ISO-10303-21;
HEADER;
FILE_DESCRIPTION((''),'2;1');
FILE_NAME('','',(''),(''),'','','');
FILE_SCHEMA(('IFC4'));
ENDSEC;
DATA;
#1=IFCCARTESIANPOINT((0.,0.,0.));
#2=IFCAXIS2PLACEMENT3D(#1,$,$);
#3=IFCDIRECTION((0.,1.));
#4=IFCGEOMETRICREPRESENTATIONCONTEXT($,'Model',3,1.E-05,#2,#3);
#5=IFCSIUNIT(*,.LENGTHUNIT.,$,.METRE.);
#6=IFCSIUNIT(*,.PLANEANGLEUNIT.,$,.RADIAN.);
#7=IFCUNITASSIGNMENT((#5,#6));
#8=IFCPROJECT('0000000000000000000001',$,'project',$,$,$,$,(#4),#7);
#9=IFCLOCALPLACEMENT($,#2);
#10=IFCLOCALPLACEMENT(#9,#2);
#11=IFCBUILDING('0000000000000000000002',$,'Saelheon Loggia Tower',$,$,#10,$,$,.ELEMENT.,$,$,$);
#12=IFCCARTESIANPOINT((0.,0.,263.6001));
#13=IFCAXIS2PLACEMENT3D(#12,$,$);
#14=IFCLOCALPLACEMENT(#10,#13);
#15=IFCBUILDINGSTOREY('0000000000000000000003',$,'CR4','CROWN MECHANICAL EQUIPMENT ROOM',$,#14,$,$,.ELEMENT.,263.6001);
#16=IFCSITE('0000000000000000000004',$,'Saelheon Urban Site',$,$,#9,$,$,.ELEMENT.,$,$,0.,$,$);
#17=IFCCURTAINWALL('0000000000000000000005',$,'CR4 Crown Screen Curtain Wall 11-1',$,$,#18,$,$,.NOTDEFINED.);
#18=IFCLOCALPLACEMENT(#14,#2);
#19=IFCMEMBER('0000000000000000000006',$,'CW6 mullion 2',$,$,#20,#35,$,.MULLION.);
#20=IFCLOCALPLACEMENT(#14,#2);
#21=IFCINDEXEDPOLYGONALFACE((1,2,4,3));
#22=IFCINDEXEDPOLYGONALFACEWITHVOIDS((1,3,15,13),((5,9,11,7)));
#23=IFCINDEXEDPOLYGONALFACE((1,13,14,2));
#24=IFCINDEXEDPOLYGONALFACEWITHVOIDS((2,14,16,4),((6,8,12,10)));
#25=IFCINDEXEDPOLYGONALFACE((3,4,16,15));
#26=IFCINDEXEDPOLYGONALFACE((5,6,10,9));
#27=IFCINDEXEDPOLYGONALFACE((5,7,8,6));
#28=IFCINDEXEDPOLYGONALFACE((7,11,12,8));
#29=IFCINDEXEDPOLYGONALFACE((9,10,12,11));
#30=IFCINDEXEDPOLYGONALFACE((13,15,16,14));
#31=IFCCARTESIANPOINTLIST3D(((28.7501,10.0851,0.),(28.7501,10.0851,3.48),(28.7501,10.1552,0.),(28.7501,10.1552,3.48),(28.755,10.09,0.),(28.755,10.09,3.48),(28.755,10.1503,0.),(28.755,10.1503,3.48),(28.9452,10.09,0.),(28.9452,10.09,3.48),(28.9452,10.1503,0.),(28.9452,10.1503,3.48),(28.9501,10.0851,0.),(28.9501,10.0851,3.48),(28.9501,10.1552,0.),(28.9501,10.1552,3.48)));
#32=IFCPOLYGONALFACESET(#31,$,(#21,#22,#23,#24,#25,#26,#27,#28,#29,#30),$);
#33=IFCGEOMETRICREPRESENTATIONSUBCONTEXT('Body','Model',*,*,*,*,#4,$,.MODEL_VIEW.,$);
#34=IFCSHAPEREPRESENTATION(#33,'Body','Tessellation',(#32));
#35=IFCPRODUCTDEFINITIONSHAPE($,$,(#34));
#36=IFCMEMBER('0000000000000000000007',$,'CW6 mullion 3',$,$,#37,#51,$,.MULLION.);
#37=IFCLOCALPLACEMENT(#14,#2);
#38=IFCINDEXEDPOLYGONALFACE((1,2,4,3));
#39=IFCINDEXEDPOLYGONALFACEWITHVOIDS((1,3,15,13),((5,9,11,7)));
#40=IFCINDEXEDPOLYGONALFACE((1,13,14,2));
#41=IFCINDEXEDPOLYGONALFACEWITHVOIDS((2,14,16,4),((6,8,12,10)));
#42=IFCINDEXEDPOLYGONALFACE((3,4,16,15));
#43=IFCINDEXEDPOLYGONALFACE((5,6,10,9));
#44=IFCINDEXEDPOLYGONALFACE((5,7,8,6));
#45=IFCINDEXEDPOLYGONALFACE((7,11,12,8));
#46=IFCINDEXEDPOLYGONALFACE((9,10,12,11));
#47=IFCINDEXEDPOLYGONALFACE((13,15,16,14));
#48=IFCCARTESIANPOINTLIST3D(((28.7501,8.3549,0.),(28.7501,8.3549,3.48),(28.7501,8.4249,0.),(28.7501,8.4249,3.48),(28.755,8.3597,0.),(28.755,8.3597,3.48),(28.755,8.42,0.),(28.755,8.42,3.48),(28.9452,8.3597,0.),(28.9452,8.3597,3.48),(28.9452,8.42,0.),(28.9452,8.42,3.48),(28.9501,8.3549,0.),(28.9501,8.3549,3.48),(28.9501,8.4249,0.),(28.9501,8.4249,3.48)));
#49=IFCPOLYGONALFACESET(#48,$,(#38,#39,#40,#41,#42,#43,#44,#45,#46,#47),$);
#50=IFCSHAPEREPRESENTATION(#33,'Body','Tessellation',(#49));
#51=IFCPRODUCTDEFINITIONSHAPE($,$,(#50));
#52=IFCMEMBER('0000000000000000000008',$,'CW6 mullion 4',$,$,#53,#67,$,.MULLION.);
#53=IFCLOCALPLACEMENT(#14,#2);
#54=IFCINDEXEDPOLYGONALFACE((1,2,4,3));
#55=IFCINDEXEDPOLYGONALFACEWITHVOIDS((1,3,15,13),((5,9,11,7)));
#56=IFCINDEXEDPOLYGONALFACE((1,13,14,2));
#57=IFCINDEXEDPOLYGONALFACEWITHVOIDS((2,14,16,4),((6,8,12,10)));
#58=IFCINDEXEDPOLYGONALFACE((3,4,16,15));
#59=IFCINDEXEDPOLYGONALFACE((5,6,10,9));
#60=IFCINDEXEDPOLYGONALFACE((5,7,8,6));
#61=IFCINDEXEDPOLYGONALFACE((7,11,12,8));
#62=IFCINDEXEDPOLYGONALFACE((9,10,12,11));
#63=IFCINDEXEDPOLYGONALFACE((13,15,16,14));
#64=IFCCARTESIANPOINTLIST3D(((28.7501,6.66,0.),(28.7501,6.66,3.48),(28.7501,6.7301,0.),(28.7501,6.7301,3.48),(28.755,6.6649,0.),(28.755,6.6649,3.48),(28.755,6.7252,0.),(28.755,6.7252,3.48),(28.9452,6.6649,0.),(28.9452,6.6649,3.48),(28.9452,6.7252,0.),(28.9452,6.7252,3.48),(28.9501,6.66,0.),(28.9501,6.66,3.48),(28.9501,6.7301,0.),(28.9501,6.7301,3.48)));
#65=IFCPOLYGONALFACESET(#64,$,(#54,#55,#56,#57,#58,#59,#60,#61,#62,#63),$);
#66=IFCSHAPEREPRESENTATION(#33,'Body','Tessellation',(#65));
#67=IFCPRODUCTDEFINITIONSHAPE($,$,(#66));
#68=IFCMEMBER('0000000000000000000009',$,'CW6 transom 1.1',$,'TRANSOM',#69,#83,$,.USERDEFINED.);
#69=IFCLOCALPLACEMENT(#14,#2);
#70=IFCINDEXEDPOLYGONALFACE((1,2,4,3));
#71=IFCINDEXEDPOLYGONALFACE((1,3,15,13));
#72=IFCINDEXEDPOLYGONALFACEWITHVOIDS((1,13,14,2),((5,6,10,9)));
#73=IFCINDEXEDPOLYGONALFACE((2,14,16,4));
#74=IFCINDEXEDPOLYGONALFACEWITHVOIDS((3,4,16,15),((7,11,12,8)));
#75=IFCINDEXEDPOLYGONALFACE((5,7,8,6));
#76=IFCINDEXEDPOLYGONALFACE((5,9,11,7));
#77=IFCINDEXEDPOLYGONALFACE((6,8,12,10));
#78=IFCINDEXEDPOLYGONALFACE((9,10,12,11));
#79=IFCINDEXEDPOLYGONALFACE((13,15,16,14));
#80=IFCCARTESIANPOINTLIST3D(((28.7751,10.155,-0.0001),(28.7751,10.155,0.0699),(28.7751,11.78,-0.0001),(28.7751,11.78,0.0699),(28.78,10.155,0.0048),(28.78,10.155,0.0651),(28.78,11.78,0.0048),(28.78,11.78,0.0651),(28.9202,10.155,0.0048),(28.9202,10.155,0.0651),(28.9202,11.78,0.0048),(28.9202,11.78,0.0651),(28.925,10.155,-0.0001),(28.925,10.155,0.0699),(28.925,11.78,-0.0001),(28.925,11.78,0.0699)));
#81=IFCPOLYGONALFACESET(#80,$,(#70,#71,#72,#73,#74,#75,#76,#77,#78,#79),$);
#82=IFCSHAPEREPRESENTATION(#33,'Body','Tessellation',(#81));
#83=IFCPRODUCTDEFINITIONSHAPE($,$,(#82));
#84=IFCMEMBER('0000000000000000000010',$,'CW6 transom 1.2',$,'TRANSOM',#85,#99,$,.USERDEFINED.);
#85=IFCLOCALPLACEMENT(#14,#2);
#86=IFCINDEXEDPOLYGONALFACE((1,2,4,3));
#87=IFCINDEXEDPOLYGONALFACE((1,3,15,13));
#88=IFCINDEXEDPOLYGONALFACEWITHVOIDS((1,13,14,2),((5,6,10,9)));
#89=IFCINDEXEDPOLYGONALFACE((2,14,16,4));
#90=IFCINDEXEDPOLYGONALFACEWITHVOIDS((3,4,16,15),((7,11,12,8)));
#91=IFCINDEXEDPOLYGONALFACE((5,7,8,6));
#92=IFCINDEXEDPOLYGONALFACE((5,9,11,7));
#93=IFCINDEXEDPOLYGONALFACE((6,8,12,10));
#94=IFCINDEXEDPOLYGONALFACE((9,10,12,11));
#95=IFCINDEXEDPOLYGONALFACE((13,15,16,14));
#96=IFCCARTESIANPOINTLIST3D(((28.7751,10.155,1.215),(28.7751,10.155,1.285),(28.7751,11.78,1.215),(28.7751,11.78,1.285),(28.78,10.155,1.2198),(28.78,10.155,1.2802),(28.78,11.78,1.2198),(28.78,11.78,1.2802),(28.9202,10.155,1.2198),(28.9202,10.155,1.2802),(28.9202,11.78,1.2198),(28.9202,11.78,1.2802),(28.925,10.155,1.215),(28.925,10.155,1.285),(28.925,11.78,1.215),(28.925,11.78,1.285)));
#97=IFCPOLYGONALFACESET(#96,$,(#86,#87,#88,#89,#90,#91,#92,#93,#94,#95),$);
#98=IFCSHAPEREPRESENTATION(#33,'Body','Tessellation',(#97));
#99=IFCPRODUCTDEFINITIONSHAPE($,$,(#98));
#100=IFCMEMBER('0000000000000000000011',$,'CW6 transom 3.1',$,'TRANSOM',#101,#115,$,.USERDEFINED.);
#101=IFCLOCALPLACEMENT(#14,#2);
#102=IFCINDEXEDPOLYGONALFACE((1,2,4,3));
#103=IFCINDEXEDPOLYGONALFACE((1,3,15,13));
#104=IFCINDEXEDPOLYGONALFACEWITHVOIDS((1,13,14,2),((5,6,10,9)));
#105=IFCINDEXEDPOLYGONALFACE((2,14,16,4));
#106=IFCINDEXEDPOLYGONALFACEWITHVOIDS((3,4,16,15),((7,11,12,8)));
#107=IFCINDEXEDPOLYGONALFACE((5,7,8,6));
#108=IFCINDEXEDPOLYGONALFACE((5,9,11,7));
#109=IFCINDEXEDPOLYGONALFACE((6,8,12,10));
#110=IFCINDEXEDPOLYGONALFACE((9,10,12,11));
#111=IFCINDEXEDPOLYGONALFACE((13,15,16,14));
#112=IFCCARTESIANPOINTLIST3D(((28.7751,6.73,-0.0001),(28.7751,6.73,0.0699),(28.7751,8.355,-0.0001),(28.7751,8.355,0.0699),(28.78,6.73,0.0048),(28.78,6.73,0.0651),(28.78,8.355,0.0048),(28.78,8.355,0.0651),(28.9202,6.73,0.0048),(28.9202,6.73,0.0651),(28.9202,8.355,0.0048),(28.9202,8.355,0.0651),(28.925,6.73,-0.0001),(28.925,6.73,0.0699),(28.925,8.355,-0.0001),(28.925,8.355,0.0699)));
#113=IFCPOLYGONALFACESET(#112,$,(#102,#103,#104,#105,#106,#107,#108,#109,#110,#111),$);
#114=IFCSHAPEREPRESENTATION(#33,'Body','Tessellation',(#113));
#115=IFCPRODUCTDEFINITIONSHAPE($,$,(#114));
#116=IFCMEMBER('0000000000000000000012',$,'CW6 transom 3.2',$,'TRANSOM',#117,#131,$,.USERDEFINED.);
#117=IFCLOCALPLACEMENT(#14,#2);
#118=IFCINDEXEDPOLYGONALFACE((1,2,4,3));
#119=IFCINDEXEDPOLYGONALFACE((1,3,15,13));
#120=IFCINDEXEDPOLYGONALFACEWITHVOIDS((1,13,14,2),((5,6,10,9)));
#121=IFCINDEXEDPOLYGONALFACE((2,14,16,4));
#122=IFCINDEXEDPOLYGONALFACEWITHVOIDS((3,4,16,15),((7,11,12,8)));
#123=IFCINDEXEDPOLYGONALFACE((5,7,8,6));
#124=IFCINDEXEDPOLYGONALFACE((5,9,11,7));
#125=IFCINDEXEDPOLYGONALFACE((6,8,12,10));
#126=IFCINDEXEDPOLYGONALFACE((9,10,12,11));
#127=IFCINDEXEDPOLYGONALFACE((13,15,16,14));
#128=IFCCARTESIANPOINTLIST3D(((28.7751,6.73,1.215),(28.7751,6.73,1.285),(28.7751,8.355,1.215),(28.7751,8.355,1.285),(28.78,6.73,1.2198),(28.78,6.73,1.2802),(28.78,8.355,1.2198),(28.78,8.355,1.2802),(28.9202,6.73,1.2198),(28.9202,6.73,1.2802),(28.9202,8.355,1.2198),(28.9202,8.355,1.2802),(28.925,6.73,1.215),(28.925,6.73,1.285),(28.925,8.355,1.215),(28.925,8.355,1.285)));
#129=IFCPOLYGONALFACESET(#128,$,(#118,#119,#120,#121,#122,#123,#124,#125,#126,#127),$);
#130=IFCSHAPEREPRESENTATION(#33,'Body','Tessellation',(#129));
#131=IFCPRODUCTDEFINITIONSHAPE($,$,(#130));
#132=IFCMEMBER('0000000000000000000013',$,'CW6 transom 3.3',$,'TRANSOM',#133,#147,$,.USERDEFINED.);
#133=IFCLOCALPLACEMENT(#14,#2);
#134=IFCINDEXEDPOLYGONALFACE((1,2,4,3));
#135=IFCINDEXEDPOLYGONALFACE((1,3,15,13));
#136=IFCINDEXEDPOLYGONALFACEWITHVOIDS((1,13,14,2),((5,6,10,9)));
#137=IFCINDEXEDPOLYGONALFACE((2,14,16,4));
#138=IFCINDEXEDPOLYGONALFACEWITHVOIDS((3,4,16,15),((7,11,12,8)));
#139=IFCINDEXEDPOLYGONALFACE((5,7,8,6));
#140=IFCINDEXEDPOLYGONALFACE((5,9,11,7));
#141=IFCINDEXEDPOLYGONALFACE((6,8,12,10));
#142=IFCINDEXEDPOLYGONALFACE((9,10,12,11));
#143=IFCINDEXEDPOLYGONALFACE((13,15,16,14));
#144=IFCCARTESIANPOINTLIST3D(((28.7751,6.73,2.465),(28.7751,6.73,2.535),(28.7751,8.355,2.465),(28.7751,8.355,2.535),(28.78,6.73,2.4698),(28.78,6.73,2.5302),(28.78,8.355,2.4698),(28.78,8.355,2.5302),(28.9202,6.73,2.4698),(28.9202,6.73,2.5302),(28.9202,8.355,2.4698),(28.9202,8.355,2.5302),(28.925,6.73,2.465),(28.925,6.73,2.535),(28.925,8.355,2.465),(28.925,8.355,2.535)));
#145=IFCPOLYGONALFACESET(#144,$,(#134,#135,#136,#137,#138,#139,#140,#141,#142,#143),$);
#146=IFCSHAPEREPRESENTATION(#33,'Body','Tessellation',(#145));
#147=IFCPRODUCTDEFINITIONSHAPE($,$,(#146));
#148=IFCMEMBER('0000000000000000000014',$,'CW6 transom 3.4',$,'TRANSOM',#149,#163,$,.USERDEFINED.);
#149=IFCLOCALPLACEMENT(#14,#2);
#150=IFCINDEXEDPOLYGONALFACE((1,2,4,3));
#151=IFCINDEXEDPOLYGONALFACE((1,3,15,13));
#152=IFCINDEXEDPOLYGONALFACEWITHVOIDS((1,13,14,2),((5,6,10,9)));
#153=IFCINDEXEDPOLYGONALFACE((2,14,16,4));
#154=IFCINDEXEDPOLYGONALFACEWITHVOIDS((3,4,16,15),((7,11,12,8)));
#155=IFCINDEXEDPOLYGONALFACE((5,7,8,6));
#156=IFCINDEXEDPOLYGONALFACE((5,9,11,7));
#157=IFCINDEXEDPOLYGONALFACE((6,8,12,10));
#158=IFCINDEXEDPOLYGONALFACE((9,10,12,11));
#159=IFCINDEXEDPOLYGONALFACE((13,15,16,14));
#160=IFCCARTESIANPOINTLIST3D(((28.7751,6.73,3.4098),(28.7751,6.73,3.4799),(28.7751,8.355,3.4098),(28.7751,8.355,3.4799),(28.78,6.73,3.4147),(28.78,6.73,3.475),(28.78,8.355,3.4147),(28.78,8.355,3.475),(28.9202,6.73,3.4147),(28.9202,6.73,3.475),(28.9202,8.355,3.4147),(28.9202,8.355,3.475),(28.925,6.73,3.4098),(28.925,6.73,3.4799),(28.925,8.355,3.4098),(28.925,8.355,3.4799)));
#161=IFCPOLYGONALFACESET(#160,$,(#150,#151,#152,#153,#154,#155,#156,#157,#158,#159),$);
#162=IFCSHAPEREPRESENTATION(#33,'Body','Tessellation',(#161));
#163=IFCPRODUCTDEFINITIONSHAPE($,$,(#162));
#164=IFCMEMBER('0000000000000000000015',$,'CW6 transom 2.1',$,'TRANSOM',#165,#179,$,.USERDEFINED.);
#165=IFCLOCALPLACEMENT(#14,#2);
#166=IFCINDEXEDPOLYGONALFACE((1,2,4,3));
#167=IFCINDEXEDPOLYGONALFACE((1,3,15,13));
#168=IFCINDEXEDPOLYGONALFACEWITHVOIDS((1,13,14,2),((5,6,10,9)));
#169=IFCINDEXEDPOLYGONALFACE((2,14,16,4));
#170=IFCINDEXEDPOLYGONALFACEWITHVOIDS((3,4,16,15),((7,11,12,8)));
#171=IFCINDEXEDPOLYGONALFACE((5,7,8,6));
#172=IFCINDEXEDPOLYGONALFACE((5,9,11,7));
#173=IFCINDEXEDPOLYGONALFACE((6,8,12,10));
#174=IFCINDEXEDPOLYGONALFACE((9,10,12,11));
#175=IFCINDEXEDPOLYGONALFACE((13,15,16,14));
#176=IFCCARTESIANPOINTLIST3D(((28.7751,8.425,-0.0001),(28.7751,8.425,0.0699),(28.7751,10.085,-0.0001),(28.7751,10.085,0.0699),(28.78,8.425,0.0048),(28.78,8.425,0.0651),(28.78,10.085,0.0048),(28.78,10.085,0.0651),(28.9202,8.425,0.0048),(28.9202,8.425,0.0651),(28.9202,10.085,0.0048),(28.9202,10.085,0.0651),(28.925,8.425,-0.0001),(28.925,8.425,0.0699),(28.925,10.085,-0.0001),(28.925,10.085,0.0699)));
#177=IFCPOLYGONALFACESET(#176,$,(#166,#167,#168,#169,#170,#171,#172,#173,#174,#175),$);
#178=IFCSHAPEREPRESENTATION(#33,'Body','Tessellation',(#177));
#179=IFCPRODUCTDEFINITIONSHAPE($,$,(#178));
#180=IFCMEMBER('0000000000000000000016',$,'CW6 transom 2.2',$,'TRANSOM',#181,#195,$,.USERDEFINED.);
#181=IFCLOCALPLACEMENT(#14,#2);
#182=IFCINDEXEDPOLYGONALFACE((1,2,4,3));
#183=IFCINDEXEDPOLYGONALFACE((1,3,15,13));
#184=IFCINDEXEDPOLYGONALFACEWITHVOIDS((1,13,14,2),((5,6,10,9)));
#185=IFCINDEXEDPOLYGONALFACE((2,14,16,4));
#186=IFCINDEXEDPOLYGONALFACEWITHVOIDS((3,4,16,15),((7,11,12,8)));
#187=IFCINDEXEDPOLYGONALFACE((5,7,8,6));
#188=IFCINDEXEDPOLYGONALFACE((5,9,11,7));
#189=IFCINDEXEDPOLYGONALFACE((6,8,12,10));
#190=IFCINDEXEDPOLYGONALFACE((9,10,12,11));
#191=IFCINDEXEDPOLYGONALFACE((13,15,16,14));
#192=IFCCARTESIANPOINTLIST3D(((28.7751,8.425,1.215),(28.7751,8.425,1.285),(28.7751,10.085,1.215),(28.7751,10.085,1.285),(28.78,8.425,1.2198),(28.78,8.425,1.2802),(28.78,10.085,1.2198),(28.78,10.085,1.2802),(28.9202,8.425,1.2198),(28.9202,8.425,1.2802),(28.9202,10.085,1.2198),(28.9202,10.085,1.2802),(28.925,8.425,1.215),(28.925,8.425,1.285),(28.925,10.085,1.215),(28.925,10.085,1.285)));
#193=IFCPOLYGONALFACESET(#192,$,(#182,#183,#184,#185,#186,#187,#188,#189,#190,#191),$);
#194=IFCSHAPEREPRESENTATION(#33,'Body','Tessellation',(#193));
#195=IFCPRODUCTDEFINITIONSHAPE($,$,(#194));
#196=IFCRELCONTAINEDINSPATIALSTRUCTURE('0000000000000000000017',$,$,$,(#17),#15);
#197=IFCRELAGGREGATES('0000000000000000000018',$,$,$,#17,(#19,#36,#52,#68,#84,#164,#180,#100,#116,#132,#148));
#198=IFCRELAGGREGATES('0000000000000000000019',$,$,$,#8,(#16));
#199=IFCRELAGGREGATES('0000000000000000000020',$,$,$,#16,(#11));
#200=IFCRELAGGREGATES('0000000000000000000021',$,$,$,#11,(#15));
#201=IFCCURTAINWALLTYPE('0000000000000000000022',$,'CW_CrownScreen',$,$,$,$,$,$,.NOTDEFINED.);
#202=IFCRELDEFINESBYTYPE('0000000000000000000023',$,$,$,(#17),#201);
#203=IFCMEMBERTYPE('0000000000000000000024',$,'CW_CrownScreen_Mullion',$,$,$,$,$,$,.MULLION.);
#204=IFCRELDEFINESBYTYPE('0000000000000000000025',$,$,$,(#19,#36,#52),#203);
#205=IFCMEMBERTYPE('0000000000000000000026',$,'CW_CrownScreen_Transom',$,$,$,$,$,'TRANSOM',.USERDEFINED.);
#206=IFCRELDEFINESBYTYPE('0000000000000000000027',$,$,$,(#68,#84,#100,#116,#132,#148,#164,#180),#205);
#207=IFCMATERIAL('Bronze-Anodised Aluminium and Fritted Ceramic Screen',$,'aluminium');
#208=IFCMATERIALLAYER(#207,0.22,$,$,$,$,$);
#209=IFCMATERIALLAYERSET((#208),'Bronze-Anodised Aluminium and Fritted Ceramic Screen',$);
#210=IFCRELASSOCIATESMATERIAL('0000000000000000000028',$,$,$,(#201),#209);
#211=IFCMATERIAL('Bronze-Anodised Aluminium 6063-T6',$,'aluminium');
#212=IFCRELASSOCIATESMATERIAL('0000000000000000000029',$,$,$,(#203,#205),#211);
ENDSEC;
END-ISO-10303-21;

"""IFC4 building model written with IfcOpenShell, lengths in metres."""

from ifc_helpers import new_model, si_unit, direction, frame, origin, origin_2d, place, context, subcontext, project, spatial, hollow_rectangle, extrude, source, transform, mapped, material, layer, layer_set, material_profile, profile_set, type_object, element, aggregate, save


model = new_model("IFC4")

# Units and contexts
model_context = context("Model", 3, precision=1e-05, world=origin(), true_north=direction((0.0, 1.0)))
body_context = subcontext(model_context, "Body", "Model", "MODEL_VIEW")
ifc_project = project(units=[si_unit("LENGTHUNIT", "METRE"), si_unit("PLANEANGLEUNIT", "RADIAN")], contexts=[model_context])

# Site, building, storey
site_placement = place(None, origin())
site = spatial("IfcSite", under=ifc_project, at=site_placement, Name="Saelheon Urban Site", CompositionType="ELEMENT", RefElevation=0.0)
building_placement = place(site_placement, origin())
building = spatial("IfcBuilding", under=site, at=building_placement, Name="Saelheon Loggia Tower", CompositionType="ELEMENT")
storey_placement = place(building_placement, frame((0.0, 0.0, 263.6001)))
storey = spatial("IfcBuildingStorey", under=building, at=storey_placement, Name="CR4", Description="CROWN MECHANICAL EQUIPMENT ROOM", CompositionType="ELEMENT", Elevation=263.6001)

# Curtain wall, members
ifc_material_1 = material(Name="Bronze-Anodised Aluminium and Fritted Ceramic Screen", Category="aluminium")
ifc_layer_1 = layer(ifc_material_1, 0.22)
ifc_layer_set_1 = layer_set([ifc_layer_1], Name="Bronze-Anodised Aluminium and Fritted Ceramic Screen")
curtain_wall_type = type_object("IfcCurtainWallType", Name="CW_CrownScreen", PredefinedType="NOTDEFINED", material=ifc_layer_set_1)
curtain_wall_1_placement = place(storey_placement, origin())
curtain_wall_1 = element("IfcCurtainWall", 1, at=curtain_wall_1_placement, inside=storey, type_object=curtain_wall_type, Name="CR4 Crown Screen Curtain Wall 11-1", PredefinedType="NOTDEFINED")
ifc_material_2 = material(Name="Bronze-Anodised Aluminium 6063-T6", Category="aluminium")
ifc_material_profile_1 = material_profile(ifc_material_2, hollow_rectangle(XDim=0.0701, YDim=0.2, WallThickness=0.0049, at=origin_2d()), Name="RHS-200x70x5")
ifc_profile_set_1 = profile_set([ifc_material_profile_1], Name="Bronze-Anodised Aluminium 6063-T6")
member_type_1 = type_object("IfcMemberType", Name="CW_CrownScreen_Mullion", PredefinedType="MULLION", material=ifc_profile_set_1)
shared_shape_1 = source(origin(), body_context, "Body", "SweptSolid", [
    extrude(hollow_rectangle(XDim=0.0701, YDim=0.2, WallThickness=0.0049, at=origin_2d()), origin(), (0.0, 0.0, 1.0), 3.48),
])
member_1_placement = place(storey_placement, frame((28.8501, 10.1201, 0.0), z_axis=(0.0, 0.0, 1.0), x_axis=(0.0, -1.0, 0.0)))
member_1 = element("IfcMember", 2, at=member_1_placement, type_object=member_type_1, Name="CW6 mullion 2", PredefinedType="MULLION", context=body_context, shape_type="MappedRepresentation", body=[
    mapped(shared_shape_1, transform((0.0, 0.0, 0.0), scale=1.0)),
])
member_2_placement = place(storey_placement, frame((28.8501, 8.3899, 0.0), z_axis=(0.0, 0.0, 1.0), x_axis=(0.0, -1.0, 0.0)))
member_2 = element("IfcMember", 3, at=member_2_placement, type_object=member_type_1, Name="CW6 mullion 3", PredefinedType="MULLION", context=body_context, shape_type="MappedRepresentation", body=[
    mapped(shared_shape_1, transform((0.0, 0.0, 0.0), scale=1.0)),
])
member_3_placement = place(storey_placement, frame((28.8501, 6.6951, 0.0), z_axis=(0.0, 0.0, 1.0), x_axis=(0.0, -1.0, 0.0)))
member_3 = element("IfcMember", 4, at=member_3_placement, type_object=member_type_1, Name="CW6 mullion 4", PredefinedType="MULLION", context=body_context, shape_type="MappedRepresentation", body=[
    mapped(shared_shape_1, transform((0.0, 0.0, 0.0), scale=1.0)),
])
ifc_material_profile_2 = material_profile(ifc_material_2, hollow_rectangle(XDim=0.0701, YDim=0.1499, WallThickness=0.0049, at=origin_2d()), Name="RHS-150x70x5")
ifc_profile_set_2 = profile_set([ifc_material_profile_2], Name="Bronze-Anodised Aluminium 6063-T6")
member_type_2 = type_object("IfcMemberType", Name="CW_CrownScreen_Transom", ElementType="TRANSOM", PredefinedType="USERDEFINED", material=ifc_profile_set_2)
shared_shape_2 = source(origin(), body_context, "Body", "SweptSolid", [
    extrude(hollow_rectangle(XDim=0.0701, YDim=0.1499, WallThickness=0.0049, at=origin_2d()), origin(), (0.0, 0.0, 1.0), 1.625),
])
member_4_placement = place(storey_placement, frame((28.8501, 11.78, 0.0349), z_axis=(0.0, -1.0, 0.0), x_axis=(0.0, 0.0, 1.0)))
member_4 = element("IfcMember", 5, at=member_4_placement, type_object=member_type_2, Name="CW6 transom 1.1", ObjectType="TRANSOM", PredefinedType="USERDEFINED", context=body_context, shape_type="MappedRepresentation", body=[
    mapped(shared_shape_2, transform((0.0, 0.0, 0.0), scale=1.0)),
])
member_5_placement = place(storey_placement, frame((28.8501, 11.78, 1.25), z_axis=(0.0, -1.0, 0.0), x_axis=(0.0, 0.0, 1.0)))
member_5 = element("IfcMember", 6, at=member_5_placement, type_object=member_type_2, Name="CW6 transom 1.2", ObjectType="TRANSOM", PredefinedType="USERDEFINED", context=body_context, shape_type="MappedRepresentation", body=[
    mapped(shared_shape_2, transform((0.0, 0.0, 0.0), scale=1.0)),
])
member_6_placement = place(storey_placement, frame((28.8501, 8.355, 0.0349), z_axis=(0.0, -1.0, 0.0), x_axis=(0.0, 0.0, 1.0)))
member_6 = element("IfcMember", 7, at=member_6_placement, type_object=member_type_2, Name="CW6 transom 3.1", ObjectType="TRANSOM", PredefinedType="USERDEFINED", context=body_context, shape_type="MappedRepresentation", body=[
    mapped(shared_shape_2, transform((0.0, 0.0, 0.0), scale=1.0)),
])
member_7_placement = place(storey_placement, frame((28.8501, 8.355, 1.25), z_axis=(0.0, -1.0, 0.0), x_axis=(0.0, 0.0, 1.0)))
member_7 = element("IfcMember", 8, at=member_7_placement, type_object=member_type_2, Name="CW6 transom 3.2", ObjectType="TRANSOM", PredefinedType="USERDEFINED", context=body_context, shape_type="MappedRepresentation", body=[
    mapped(shared_shape_2, transform((0.0, 0.0, 0.0), scale=1.0)),
])
member_8_placement = place(storey_placement, frame((28.8501, 8.355, 2.5), z_axis=(0.0, -1.0, 0.0), x_axis=(0.0, 0.0, 1.0)))
member_8 = element("IfcMember", 9, at=member_8_placement, type_object=member_type_2, Name="CW6 transom 3.3", ObjectType="TRANSOM", PredefinedType="USERDEFINED", context=body_context, shape_type="MappedRepresentation", body=[
    mapped(shared_shape_2, transform((0.0, 0.0, 0.0), scale=1.0)),
])
member_9_placement = place(storey_placement, frame((28.8501, 8.355, 3.4448), z_axis=(0.0, -1.0, 0.0), x_axis=(0.0, 0.0, 1.0)))
member_9 = element("IfcMember", 10, at=member_9_placement, type_object=member_type_2, Name="CW6 transom 3.4", ObjectType="TRANSOM", PredefinedType="USERDEFINED", context=body_context, shape_type="MappedRepresentation", body=[
    mapped(shared_shape_2, transform((0.0, 0.0, 0.0), scale=1.0)),
])
shared_shape_3 = source(origin(), body_context, "Body", "SweptSolid", [
    extrude(hollow_rectangle(XDim=0.0701, YDim=0.1499, WallThickness=0.0049, at=origin_2d()), origin(), (0.0, 0.0, 1.0), 1.6599),
])
member_10_placement = place(storey_placement, frame((28.8501, 10.085, 0.0349), z_axis=(0.0, -1.0, 0.0), x_axis=(0.0, 0.0, 1.0)))
member_10 = element("IfcMember", 11, at=member_10_placement, type_object=member_type_2, Name="CW6 transom 2.1", ObjectType="TRANSOM", PredefinedType="USERDEFINED", context=body_context, shape_type="MappedRepresentation", body=[
    mapped(shared_shape_3, transform((0.0, 0.0, 0.0), scale=1.0)),
])
member_11_placement = place(storey_placement, frame((28.8501, 10.085, 1.25), z_axis=(0.0, -1.0, 0.0), x_axis=(0.0, 0.0, 1.0)))
member_11 = element("IfcMember", 12, at=member_11_placement, type_object=member_type_2, Name="CW6 transom 2.2", ObjectType="TRANSOM", PredefinedType="USERDEFINED", context=body_context, shape_type="MappedRepresentation", body=[
    mapped(shared_shape_3, transform((0.0, 0.0, 0.0), scale=1.0)),
])

aggregate(curtain_wall_1, [member_1, member_2, member_3, member_4, member_5, member_10, member_11, member_6, member_7, member_8, member_9])

save(model, "model.ifc")
